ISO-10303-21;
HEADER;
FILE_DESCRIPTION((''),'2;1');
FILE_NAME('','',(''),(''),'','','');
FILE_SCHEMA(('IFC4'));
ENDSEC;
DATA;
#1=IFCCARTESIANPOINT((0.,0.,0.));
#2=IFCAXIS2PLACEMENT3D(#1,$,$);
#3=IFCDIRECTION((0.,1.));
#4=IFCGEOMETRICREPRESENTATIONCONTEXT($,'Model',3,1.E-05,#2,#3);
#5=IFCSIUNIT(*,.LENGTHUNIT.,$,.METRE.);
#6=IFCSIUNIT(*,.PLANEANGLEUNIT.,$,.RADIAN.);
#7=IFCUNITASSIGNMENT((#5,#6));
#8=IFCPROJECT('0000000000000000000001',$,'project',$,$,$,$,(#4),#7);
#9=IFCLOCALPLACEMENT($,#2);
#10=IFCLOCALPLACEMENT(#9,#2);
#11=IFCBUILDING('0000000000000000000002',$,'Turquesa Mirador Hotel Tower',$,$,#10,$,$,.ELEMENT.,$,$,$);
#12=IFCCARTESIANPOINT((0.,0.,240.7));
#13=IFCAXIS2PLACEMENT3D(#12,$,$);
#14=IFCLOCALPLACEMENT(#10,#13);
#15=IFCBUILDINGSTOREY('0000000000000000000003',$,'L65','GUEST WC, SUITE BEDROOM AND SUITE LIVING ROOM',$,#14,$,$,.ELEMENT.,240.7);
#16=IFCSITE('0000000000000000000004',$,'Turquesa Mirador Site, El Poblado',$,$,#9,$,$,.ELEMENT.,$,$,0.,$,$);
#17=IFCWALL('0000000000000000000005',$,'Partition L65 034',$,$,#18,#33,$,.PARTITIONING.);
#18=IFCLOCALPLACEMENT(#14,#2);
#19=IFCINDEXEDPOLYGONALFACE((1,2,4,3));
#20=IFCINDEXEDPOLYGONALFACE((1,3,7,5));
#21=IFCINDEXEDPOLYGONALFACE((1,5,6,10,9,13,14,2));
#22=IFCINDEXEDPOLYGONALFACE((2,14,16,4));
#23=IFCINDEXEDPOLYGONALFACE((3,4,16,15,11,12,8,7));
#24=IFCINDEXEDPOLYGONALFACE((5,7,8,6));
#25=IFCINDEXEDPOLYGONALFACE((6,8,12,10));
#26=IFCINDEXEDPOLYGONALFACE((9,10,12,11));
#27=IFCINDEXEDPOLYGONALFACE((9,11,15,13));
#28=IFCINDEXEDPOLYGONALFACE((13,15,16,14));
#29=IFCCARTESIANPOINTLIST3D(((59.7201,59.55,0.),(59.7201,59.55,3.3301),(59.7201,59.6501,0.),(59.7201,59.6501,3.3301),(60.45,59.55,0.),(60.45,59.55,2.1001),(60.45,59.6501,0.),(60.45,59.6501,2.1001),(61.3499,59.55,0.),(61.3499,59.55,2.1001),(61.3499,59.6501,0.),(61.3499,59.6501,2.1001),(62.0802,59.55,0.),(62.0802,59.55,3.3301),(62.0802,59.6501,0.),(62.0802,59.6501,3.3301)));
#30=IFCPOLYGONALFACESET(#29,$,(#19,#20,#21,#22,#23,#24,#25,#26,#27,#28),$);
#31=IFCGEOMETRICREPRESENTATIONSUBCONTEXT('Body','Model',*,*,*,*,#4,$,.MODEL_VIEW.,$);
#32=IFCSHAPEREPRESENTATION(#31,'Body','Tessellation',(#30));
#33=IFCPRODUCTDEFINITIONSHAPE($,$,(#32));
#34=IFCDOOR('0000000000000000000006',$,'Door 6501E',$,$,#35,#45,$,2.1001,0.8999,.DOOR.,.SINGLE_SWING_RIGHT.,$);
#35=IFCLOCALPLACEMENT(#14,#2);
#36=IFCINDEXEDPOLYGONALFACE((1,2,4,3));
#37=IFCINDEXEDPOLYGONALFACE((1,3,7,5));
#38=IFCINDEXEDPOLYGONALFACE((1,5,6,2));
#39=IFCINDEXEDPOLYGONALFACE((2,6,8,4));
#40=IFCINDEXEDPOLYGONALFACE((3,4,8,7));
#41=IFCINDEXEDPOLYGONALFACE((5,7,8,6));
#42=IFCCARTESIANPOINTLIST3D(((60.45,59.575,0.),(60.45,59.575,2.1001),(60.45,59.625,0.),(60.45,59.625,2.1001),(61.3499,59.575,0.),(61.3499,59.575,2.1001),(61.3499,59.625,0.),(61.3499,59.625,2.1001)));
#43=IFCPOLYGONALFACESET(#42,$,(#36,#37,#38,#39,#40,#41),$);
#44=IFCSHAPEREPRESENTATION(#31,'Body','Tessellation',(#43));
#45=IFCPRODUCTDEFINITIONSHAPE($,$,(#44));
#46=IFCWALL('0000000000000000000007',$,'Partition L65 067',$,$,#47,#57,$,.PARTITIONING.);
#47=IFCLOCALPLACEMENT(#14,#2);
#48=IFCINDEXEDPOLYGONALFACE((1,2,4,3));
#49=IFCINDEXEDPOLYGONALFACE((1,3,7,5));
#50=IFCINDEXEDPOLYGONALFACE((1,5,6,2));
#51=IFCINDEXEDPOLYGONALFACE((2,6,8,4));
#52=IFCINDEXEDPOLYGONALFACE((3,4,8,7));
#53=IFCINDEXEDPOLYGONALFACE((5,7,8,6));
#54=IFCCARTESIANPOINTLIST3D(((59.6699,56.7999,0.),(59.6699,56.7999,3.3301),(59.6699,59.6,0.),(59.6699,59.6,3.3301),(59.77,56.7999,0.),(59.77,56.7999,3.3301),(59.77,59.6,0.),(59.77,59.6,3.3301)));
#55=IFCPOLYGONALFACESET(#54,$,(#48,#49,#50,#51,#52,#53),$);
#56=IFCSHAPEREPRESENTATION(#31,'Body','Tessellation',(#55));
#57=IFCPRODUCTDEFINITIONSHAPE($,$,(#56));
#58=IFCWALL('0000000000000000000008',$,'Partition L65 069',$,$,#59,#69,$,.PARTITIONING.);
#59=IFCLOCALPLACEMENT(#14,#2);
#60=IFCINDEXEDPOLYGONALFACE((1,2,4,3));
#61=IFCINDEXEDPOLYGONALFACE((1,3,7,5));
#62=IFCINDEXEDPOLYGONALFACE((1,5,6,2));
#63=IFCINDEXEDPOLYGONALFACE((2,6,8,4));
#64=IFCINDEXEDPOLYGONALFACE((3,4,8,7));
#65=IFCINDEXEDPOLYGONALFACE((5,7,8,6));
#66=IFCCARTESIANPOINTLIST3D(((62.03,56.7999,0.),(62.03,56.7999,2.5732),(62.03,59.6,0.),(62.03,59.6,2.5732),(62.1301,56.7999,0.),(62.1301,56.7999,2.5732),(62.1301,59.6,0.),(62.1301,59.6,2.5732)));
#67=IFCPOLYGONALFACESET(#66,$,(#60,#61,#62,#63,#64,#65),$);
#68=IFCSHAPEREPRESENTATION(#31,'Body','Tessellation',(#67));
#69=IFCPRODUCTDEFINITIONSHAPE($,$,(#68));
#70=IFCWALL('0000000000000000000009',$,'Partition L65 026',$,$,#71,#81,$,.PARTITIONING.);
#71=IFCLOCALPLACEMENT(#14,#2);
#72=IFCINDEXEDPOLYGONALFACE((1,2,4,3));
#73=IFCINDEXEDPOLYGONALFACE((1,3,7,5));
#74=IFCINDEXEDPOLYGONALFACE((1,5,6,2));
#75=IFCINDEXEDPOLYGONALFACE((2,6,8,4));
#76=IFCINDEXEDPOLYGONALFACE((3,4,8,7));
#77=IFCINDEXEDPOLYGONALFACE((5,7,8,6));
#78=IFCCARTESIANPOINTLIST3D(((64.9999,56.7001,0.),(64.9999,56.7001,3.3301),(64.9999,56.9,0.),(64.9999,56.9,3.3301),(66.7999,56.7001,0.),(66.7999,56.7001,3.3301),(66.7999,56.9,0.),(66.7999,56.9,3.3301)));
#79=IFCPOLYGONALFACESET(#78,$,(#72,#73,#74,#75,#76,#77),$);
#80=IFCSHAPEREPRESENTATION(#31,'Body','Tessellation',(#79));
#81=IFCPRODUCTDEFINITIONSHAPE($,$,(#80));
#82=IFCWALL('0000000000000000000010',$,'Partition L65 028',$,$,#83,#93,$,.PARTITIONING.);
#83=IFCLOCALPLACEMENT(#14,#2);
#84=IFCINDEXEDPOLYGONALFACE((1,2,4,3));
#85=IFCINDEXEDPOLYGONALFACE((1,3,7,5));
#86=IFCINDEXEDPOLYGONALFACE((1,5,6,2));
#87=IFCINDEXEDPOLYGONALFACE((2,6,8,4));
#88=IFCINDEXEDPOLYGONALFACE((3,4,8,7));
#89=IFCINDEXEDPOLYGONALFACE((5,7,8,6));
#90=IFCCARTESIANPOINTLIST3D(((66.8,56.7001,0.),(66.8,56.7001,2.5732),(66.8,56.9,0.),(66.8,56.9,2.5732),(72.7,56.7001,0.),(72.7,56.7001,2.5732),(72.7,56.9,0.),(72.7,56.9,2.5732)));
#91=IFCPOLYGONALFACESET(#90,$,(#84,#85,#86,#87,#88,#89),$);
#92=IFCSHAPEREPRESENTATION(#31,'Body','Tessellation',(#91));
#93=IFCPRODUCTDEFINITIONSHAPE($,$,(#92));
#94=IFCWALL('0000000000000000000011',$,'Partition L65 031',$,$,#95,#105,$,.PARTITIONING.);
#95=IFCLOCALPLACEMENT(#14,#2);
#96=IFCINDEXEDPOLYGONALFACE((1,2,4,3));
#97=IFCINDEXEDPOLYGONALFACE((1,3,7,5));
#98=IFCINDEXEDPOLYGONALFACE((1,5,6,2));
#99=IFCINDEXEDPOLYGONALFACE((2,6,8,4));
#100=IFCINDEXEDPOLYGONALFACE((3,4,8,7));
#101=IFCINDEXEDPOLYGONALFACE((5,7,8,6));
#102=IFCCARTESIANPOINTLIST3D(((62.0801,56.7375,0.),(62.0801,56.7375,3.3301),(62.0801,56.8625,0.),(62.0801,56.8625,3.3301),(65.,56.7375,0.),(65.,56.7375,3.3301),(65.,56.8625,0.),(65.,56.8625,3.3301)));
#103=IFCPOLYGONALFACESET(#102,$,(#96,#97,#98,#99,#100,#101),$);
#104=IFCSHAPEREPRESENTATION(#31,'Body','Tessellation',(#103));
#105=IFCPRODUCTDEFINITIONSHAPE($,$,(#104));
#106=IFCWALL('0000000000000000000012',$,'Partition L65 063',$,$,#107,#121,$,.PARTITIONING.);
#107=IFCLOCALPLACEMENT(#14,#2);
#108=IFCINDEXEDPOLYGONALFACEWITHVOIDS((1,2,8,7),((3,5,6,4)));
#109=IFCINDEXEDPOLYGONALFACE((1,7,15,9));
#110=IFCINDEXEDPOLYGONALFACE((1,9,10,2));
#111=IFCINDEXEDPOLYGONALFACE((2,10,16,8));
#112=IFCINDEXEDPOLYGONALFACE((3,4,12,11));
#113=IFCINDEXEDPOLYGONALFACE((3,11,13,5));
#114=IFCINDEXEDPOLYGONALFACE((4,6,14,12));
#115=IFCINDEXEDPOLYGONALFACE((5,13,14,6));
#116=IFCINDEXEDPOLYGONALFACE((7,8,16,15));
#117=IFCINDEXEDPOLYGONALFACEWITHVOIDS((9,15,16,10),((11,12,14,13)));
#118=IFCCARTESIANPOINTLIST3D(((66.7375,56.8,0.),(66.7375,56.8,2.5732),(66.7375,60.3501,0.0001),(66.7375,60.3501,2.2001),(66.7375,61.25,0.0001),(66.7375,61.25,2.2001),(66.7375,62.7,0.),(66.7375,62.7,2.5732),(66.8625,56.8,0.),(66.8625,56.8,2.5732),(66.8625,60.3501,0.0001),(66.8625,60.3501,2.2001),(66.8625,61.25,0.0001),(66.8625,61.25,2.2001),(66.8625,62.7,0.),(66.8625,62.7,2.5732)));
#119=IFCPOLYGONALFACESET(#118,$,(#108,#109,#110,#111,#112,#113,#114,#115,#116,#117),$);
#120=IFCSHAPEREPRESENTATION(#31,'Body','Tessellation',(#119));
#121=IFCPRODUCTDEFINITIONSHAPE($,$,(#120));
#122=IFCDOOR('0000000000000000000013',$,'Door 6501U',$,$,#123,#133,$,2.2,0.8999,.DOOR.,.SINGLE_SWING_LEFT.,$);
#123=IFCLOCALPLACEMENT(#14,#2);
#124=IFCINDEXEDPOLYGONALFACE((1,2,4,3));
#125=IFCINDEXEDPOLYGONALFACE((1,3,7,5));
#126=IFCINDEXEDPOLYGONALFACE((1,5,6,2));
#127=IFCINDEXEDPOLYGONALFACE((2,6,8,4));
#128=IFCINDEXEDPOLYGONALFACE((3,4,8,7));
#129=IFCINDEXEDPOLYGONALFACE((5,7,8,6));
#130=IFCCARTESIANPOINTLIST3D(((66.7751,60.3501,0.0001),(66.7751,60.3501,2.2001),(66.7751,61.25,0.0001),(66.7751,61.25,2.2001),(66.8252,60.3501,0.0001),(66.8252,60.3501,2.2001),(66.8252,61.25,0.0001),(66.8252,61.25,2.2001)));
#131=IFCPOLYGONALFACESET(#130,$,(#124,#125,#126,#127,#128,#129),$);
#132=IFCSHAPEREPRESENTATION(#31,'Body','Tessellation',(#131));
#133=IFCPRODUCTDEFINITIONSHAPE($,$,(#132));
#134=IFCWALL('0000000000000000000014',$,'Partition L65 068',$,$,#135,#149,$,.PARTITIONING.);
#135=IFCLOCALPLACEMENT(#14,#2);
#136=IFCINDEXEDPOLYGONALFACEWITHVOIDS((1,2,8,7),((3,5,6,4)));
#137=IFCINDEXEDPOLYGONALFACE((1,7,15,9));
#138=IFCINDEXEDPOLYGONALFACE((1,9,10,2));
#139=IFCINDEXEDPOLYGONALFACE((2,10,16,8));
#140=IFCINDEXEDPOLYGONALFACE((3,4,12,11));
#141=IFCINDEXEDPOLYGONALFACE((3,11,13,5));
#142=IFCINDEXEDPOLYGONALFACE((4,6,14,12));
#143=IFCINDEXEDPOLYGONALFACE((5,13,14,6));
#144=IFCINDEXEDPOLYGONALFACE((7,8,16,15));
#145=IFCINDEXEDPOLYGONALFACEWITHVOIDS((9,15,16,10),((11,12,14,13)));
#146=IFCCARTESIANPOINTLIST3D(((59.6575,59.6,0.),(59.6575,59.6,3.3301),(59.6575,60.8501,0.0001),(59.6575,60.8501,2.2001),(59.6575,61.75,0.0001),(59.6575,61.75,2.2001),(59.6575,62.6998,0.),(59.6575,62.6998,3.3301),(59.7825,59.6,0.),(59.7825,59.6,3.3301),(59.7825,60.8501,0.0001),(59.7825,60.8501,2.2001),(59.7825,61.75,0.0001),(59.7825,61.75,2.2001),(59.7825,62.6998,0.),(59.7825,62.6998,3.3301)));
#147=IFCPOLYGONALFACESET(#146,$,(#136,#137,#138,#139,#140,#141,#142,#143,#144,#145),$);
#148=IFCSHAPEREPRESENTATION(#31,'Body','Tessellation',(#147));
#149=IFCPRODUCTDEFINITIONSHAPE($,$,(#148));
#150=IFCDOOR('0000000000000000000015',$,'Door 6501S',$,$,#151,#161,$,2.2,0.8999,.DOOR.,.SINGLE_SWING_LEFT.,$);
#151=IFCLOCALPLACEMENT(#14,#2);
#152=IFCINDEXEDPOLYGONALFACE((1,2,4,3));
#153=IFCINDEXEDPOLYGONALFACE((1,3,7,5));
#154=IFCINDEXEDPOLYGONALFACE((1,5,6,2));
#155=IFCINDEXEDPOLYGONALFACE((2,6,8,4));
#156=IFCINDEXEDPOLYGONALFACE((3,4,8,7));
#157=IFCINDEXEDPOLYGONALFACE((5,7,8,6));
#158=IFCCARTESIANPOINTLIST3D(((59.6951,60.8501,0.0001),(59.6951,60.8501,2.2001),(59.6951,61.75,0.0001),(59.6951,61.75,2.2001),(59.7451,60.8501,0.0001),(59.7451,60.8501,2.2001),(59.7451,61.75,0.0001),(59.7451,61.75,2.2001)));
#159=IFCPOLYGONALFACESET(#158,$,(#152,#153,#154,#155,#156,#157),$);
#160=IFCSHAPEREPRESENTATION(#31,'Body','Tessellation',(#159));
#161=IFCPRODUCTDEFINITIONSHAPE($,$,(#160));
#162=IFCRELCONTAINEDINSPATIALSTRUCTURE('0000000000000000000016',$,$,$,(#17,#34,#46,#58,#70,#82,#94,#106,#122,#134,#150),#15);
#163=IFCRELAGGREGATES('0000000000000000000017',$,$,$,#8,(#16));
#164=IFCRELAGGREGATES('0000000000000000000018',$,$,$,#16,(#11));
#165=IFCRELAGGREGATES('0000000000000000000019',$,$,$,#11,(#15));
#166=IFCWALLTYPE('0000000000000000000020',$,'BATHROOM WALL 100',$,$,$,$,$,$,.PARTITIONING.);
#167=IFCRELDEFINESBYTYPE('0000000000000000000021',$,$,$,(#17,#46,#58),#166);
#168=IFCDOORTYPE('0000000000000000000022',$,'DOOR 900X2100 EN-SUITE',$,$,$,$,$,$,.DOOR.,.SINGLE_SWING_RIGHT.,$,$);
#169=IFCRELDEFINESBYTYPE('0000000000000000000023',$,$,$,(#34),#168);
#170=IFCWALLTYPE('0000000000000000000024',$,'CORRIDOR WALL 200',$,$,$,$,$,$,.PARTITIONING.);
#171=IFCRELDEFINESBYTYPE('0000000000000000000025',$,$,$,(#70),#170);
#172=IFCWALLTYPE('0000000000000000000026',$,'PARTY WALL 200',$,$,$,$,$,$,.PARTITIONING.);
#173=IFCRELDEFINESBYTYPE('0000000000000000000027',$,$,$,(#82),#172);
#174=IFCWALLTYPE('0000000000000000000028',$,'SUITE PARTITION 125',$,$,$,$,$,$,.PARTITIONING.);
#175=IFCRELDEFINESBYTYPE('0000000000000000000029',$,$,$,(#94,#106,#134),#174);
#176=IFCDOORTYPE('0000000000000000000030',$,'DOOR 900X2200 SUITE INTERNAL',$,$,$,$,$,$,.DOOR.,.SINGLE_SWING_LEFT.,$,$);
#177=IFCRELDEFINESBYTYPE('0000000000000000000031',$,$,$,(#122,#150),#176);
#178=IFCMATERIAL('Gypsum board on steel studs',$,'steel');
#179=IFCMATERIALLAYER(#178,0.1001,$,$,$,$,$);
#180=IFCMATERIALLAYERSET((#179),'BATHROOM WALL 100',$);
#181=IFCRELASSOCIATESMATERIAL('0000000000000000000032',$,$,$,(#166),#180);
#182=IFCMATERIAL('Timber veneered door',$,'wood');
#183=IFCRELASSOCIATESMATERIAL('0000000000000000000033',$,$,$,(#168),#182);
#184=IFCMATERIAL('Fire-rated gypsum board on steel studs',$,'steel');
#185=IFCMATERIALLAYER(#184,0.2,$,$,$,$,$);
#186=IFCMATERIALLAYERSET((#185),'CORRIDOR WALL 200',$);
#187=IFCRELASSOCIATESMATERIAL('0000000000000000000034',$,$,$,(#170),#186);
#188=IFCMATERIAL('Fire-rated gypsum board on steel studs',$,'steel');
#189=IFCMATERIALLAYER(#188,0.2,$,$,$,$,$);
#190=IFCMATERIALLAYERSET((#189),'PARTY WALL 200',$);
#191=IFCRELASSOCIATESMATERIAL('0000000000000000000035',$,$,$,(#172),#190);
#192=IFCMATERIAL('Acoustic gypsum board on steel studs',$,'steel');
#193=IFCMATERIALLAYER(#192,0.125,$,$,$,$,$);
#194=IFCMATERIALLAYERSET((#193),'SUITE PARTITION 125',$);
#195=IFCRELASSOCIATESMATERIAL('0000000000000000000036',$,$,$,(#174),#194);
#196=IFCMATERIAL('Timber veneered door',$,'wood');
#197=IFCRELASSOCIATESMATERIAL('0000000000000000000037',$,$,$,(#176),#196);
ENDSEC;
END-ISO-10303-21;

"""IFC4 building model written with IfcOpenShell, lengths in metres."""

from ifc_helpers import new_model, si_unit, direction, frame, frame_2d, origin, place, context, subcontext, project, spatial, rectangle, extrude, material, layer, layer_set, type_object, element, fill, save


model = new_model("IFC4")

# Units and contexts
model_context = context("Model", 3, precision=1e-05, world=origin(), true_north=direction((0.0, 1.0)))
body_context = subcontext(model_context, "Body", "Model", "MODEL_VIEW")
ifc_project = project(units=[si_unit("LENGTHUNIT", "METRE"), si_unit("PLANEANGLEUNIT", "RADIAN")], contexts=[model_context])

# Site, building, storey
site_placement = place(None, origin())
site = spatial("IfcSite", under=ifc_project, at=site_placement, Name="Turquesa Mirador Site, El Poblado", CompositionType="ELEMENT", RefElevation=0.0)
building_placement = place(site_placement, origin())
building = spatial("IfcBuilding", under=site, at=building_placement, Name="Turquesa Mirador Hotel Tower", CompositionType="ELEMENT")
storey_placement = place(building_placement, frame((0.0, 0.0, 240.7)))
storey = spatial("IfcBuildingStorey", under=building, at=storey_placement, Name="L65", Description="GUEST WC, SUITE BEDROOM AND SUITE LIVING ROOM", CompositionType="ELEMENT", Elevation=240.7)

# Shared definitions
ifc_material_1 = material(Name="Gypsum board on steel studs", Category="steel")
ifc_layer_1 = layer(ifc_material_1, 0.1001)
ifc_layer_set_1 = layer_set([ifc_layer_1], Name="BATHROOM WALL 100")
wall_type_1 = type_object("IfcWallType", Name="BATHROOM WALL 100", PredefinedType="PARTITIONING", material=ifc_layer_set_1)

# Wall, opening, door
wall_1_placement = place(storey_placement, frame((59.72, 59.6001, 0.0), z_axis=(0.0, 0.0, 1.0), x_axis=(1.0, 0.0, 0.0)))
wall_1 = element("IfcWall", 1, at=wall_1_placement, inside=storey, type_object=wall_type_1, Name="Partition L65 034", PredefinedType="PARTITIONING", context=body_context, shape_type="SweptSolid", body=[
    extrude(rectangle(XDim=2.3601, YDim=0.1001, at=frame_2d((1.1802, 0.0))), origin(), (0.0, 0.0, 1.0), 3.3301),
])
opening_1_placement = place(wall_1_placement, frame((0.73, 0.0, 0.0)))
opening_1 = element("IfcOpeningElement", 2, at=opening_1_placement, cuts=wall_1, PredefinedType="OPENING", context=body_context, shape_type="SweptSolid", body=[
    extrude(rectangle(XDim=0.8999, YDim=2.1001, at=frame_2d((0.45, 1.05))), frame((0.0, 0.0601, 0.0), z_axis=(0.0, -1.0, 0.0), x_axis=(1.0, 0.0, 0.0)), (0.0, 0.0, 1.0), 0.1201),
])
ifc_material_2 = material(Name="Timber veneered door", Category="wood")
door_type_1 = type_object("IfcDoorType", Name="DOOR 900X2100 EN-SUITE", OperationType="SINGLE_SWING_RIGHT", PredefinedType="DOOR", material=ifc_material_2)
door_1_placement = place(opening_1_placement, origin())
door_1 = element("IfcDoor", 3, at=door_1_placement, inside=storey, type_object=door_type_1, Name="Door 6501E", OperationType="SINGLE_SWING_RIGHT", OverallHeight=2.1001, OverallWidth=0.8999, PredefinedType="DOOR", context=body_context, shape_type="SweptSolid", body=[
    extrude(rectangle(XDim=0.8999, YDim=2.1001, at=frame_2d((0.45, 1.05))), frame((0.0, 0.0249, 0.0), z_axis=(0.0, -1.0, 0.0), x_axis=(1.0, 0.0, 0.0)), (0.0, 0.0, 1.0), 0.05),
])
fill(opening_1, door_1)

# Walls
wall_2_placement = place(storey_placement, frame((59.72, 56.8, 0.0), z_axis=(0.0, 0.0, 1.0), x_axis=(0.0, 1.0, 0.0)))
element("IfcWall", 4, at=wall_2_placement, inside=storey, type_object=wall_type_1, Name="Partition L65 067", PredefinedType="PARTITIONING", context=body_context, shape_type="SweptSolid", body=[
    extrude(rectangle(XDim=2.8, YDim=0.1001, at=frame_2d((1.3999, 0.0))), origin(), (0.0, 0.0, 1.0), 3.3301),
])
wall_3_placement = place(storey_placement, frame((62.0801, 56.8, 0.0), z_axis=(0.0, 0.0, 1.0), x_axis=(0.0, 1.0, 0.0)))
element("IfcWall", 5, at=wall_3_placement, inside=storey, type_object=wall_type_1, Name="Partition L65 069", PredefinedType="PARTITIONING", context=body_context, shape_type="SweptSolid", body=[
    extrude(rectangle(XDim=2.8, YDim=0.1001, at=frame_2d((1.3999, 0.0))), origin(), (0.0, 0.0, 1.0), 2.5732),
])
ifc_material_3 = material(Name="Fire-rated gypsum board on steel studs", Category="steel")
ifc_layer_2 = layer(ifc_material_3, 0.2)
ifc_layer_set_2 = layer_set([ifc_layer_2], Name="CORRIDOR WALL 200")
wall_type_2 = type_object("IfcWallType", Name="CORRIDOR WALL 200", PredefinedType="PARTITIONING", material=ifc_layer_set_2)
wall_4_placement = place(storey_placement, frame((65.0, 56.8, 0.0), z_axis=(0.0, 0.0, 1.0), x_axis=(1.0, 0.0, 0.0)))
element("IfcWall", 6, at=wall_4_placement, inside=storey, type_object=wall_type_2, Name="Partition L65 026", PredefinedType="PARTITIONING", context=body_context, shape_type="SweptSolid", body=[
    extrude(rectangle(XDim=1.8, YDim=0.2, at=frame_2d((0.8999, 0.0))), origin(), (0.0, 0.0, 1.0), 3.3301),
])
ifc_material_4 = material(Name="Fire-rated gypsum board on steel studs", Category="steel")
ifc_layer_3 = layer(ifc_material_4, 0.2)
ifc_layer_set_3 = layer_set([ifc_layer_3], Name="PARTY WALL 200")
wall_type_3 = type_object("IfcWallType", Name="PARTY WALL 200", PredefinedType="PARTITIONING", material=ifc_layer_set_3)
wall_5_placement = place(storey_placement, frame((66.8, 56.8, 0.0), z_axis=(0.0, 0.0, 1.0), x_axis=(1.0, 0.0, 0.0)))
element("IfcWall", 7, at=wall_5_placement, inside=storey, type_object=wall_type_3, Name="Partition L65 028", PredefinedType="PARTITIONING", context=body_context, shape_type="SweptSolid", body=[
    extrude(rectangle(XDim=5.8999, YDim=0.2, at=frame_2d((2.95, 0.0))), origin(), (0.0, 0.0, 1.0), 2.5732),
])
ifc_material_5 = material(Name="Acoustic gypsum board on steel studs", Category="steel")
ifc_layer_4 = layer(ifc_material_5, 0.125)
ifc_layer_set_4 = layer_set([ifc_layer_4], Name="SUITE PARTITION 125")
wall_type_4 = type_object("IfcWallType", Name="SUITE PARTITION 125", PredefinedType="PARTITIONING", material=ifc_layer_set_4)
wall_6_placement = place(storey_placement, frame((62.0801, 56.8, 0.0), z_axis=(0.0, 0.0, 1.0), x_axis=(1.0, 0.0, 0.0)))
element("IfcWall", 8, at=wall_6_placement, inside=storey, type_object=wall_type_4, Name="Partition L65 031", PredefinedType="PARTITIONING", context=body_context, shape_type="SweptSolid", body=[
    extrude(rectangle(XDim=2.9199, YDim=0.125, at=frame_2d((1.46, 0.0))), origin(), (0.0, 0.0, 1.0), 3.3301),
])

# Walls, openings, doors
wall_7_placement = place(storey_placement, frame((66.8, 56.8, 0.0), z_axis=(0.0, 0.0, 1.0), x_axis=(0.0, 1.0, 0.0)))
wall_7 = element("IfcWall", 9, at=wall_7_placement, inside=storey, type_object=wall_type_4, Name="Partition L65 063", PredefinedType="PARTITIONING", context=body_context, shape_type="SweptSolid", body=[
    extrude(rectangle(XDim=5.8999, YDim=0.125, at=frame_2d((2.95, 0.0))), origin(), (0.0, 0.0, 1.0), 2.5732),
])
opening_2_placement = place(wall_7_placement, frame((3.55, 0.0, 0.0)))
opening_2 = element("IfcOpeningElement", 10, at=opening_2_placement, cuts=wall_7, PredefinedType="OPENING", context=body_context, shape_type="SweptSolid", body=[
    extrude(rectangle(XDim=0.8999, YDim=2.2, at=frame_2d((0.45, 1.1001))), frame((0.0, 0.0725, 0.0), z_axis=(0.0, -1.0, 0.0), x_axis=(1.0, 0.0, 0.0)), (0.0, 0.0, 1.0), 0.145),
])
ifc_material_6 = material(Name="Timber veneered door", Category="wood")
door_type_2 = type_object("IfcDoorType", Name="DOOR 900X2200 SUITE INTERNAL", OperationType="SINGLE_SWING_LEFT", PredefinedType="DOOR", material=ifc_material_6)
door_2_placement = place(opening_2_placement, origin())
door_2 = element("IfcDoor", 11, at=door_2_placement, inside=storey, type_object=door_type_2, Name="Door 6501U", OperationType="SINGLE_SWING_LEFT", OverallHeight=2.2, OverallWidth=0.8999, PredefinedType="DOOR", context=body_context, shape_type="SweptSolid", body=[
    extrude(rectangle(XDim=0.8999, YDim=2.2, at=frame_2d((0.45, 1.1001))), frame((0.0, 0.0249, 0.0), z_axis=(0.0, -1.0, 0.0), x_axis=(1.0, 0.0, 0.0)), (0.0, 0.0, 1.0), 0.05),
])
fill(opening_2, door_2)
wall_8_placement = place(storey_placement, frame((59.72, 59.6001, 0.0), z_axis=(0.0, 0.0, 1.0), x_axis=(0.0, 1.0, 0.0)))
wall_8 = element("IfcWall", 12, at=wall_8_placement, inside=storey, type_object=wall_type_4, Name="Partition L65 068", PredefinedType="PARTITIONING", context=body_context, shape_type="SweptSolid", body=[
    extrude(rectangle(XDim=3.0999, YDim=0.125, at=frame_2d((1.5498, 0.0))), origin(), (0.0, 0.0, 1.0), 3.3301),
])
opening_3_placement = place(wall_8_placement, frame((1.25, 0.0, 0.0)))
opening_3 = element("IfcOpeningElement", 13, at=opening_3_placement, cuts=wall_8, PredefinedType="OPENING", context=body_context, shape_type="SweptSolid", body=[
    extrude(rectangle(XDim=0.8999, YDim=2.2, at=frame_2d((0.45, 1.1001))), frame((0.0, 0.0725, 0.0), z_axis=(0.0, -1.0, 0.0), x_axis=(1.0, 0.0, 0.0)), (0.0, 0.0, 1.0), 0.145),
])
door_3_placement = place(opening_3_placement, origin())
door_3 = element("IfcDoor", 14, at=door_3_placement, inside=storey, type_object=door_type_2, Name="Door 6501S", OperationType="SINGLE_SWING_LEFT", OverallHeight=2.2, OverallWidth=0.8999, PredefinedType="DOOR", context=body_context, shape_type="SweptSolid", body=[
    extrude(rectangle(XDim=0.8999, YDim=2.2, at=frame_2d((0.45, 1.1001))), frame((0.0, 0.0249, 0.0), z_axis=(0.0, -1.0, 0.0), x_axis=(1.0, 0.0, 0.0)), (0.0, 0.0, 1.0), 0.05),
])
fill(opening_3, door_3)

save(model, "model.ifc")
